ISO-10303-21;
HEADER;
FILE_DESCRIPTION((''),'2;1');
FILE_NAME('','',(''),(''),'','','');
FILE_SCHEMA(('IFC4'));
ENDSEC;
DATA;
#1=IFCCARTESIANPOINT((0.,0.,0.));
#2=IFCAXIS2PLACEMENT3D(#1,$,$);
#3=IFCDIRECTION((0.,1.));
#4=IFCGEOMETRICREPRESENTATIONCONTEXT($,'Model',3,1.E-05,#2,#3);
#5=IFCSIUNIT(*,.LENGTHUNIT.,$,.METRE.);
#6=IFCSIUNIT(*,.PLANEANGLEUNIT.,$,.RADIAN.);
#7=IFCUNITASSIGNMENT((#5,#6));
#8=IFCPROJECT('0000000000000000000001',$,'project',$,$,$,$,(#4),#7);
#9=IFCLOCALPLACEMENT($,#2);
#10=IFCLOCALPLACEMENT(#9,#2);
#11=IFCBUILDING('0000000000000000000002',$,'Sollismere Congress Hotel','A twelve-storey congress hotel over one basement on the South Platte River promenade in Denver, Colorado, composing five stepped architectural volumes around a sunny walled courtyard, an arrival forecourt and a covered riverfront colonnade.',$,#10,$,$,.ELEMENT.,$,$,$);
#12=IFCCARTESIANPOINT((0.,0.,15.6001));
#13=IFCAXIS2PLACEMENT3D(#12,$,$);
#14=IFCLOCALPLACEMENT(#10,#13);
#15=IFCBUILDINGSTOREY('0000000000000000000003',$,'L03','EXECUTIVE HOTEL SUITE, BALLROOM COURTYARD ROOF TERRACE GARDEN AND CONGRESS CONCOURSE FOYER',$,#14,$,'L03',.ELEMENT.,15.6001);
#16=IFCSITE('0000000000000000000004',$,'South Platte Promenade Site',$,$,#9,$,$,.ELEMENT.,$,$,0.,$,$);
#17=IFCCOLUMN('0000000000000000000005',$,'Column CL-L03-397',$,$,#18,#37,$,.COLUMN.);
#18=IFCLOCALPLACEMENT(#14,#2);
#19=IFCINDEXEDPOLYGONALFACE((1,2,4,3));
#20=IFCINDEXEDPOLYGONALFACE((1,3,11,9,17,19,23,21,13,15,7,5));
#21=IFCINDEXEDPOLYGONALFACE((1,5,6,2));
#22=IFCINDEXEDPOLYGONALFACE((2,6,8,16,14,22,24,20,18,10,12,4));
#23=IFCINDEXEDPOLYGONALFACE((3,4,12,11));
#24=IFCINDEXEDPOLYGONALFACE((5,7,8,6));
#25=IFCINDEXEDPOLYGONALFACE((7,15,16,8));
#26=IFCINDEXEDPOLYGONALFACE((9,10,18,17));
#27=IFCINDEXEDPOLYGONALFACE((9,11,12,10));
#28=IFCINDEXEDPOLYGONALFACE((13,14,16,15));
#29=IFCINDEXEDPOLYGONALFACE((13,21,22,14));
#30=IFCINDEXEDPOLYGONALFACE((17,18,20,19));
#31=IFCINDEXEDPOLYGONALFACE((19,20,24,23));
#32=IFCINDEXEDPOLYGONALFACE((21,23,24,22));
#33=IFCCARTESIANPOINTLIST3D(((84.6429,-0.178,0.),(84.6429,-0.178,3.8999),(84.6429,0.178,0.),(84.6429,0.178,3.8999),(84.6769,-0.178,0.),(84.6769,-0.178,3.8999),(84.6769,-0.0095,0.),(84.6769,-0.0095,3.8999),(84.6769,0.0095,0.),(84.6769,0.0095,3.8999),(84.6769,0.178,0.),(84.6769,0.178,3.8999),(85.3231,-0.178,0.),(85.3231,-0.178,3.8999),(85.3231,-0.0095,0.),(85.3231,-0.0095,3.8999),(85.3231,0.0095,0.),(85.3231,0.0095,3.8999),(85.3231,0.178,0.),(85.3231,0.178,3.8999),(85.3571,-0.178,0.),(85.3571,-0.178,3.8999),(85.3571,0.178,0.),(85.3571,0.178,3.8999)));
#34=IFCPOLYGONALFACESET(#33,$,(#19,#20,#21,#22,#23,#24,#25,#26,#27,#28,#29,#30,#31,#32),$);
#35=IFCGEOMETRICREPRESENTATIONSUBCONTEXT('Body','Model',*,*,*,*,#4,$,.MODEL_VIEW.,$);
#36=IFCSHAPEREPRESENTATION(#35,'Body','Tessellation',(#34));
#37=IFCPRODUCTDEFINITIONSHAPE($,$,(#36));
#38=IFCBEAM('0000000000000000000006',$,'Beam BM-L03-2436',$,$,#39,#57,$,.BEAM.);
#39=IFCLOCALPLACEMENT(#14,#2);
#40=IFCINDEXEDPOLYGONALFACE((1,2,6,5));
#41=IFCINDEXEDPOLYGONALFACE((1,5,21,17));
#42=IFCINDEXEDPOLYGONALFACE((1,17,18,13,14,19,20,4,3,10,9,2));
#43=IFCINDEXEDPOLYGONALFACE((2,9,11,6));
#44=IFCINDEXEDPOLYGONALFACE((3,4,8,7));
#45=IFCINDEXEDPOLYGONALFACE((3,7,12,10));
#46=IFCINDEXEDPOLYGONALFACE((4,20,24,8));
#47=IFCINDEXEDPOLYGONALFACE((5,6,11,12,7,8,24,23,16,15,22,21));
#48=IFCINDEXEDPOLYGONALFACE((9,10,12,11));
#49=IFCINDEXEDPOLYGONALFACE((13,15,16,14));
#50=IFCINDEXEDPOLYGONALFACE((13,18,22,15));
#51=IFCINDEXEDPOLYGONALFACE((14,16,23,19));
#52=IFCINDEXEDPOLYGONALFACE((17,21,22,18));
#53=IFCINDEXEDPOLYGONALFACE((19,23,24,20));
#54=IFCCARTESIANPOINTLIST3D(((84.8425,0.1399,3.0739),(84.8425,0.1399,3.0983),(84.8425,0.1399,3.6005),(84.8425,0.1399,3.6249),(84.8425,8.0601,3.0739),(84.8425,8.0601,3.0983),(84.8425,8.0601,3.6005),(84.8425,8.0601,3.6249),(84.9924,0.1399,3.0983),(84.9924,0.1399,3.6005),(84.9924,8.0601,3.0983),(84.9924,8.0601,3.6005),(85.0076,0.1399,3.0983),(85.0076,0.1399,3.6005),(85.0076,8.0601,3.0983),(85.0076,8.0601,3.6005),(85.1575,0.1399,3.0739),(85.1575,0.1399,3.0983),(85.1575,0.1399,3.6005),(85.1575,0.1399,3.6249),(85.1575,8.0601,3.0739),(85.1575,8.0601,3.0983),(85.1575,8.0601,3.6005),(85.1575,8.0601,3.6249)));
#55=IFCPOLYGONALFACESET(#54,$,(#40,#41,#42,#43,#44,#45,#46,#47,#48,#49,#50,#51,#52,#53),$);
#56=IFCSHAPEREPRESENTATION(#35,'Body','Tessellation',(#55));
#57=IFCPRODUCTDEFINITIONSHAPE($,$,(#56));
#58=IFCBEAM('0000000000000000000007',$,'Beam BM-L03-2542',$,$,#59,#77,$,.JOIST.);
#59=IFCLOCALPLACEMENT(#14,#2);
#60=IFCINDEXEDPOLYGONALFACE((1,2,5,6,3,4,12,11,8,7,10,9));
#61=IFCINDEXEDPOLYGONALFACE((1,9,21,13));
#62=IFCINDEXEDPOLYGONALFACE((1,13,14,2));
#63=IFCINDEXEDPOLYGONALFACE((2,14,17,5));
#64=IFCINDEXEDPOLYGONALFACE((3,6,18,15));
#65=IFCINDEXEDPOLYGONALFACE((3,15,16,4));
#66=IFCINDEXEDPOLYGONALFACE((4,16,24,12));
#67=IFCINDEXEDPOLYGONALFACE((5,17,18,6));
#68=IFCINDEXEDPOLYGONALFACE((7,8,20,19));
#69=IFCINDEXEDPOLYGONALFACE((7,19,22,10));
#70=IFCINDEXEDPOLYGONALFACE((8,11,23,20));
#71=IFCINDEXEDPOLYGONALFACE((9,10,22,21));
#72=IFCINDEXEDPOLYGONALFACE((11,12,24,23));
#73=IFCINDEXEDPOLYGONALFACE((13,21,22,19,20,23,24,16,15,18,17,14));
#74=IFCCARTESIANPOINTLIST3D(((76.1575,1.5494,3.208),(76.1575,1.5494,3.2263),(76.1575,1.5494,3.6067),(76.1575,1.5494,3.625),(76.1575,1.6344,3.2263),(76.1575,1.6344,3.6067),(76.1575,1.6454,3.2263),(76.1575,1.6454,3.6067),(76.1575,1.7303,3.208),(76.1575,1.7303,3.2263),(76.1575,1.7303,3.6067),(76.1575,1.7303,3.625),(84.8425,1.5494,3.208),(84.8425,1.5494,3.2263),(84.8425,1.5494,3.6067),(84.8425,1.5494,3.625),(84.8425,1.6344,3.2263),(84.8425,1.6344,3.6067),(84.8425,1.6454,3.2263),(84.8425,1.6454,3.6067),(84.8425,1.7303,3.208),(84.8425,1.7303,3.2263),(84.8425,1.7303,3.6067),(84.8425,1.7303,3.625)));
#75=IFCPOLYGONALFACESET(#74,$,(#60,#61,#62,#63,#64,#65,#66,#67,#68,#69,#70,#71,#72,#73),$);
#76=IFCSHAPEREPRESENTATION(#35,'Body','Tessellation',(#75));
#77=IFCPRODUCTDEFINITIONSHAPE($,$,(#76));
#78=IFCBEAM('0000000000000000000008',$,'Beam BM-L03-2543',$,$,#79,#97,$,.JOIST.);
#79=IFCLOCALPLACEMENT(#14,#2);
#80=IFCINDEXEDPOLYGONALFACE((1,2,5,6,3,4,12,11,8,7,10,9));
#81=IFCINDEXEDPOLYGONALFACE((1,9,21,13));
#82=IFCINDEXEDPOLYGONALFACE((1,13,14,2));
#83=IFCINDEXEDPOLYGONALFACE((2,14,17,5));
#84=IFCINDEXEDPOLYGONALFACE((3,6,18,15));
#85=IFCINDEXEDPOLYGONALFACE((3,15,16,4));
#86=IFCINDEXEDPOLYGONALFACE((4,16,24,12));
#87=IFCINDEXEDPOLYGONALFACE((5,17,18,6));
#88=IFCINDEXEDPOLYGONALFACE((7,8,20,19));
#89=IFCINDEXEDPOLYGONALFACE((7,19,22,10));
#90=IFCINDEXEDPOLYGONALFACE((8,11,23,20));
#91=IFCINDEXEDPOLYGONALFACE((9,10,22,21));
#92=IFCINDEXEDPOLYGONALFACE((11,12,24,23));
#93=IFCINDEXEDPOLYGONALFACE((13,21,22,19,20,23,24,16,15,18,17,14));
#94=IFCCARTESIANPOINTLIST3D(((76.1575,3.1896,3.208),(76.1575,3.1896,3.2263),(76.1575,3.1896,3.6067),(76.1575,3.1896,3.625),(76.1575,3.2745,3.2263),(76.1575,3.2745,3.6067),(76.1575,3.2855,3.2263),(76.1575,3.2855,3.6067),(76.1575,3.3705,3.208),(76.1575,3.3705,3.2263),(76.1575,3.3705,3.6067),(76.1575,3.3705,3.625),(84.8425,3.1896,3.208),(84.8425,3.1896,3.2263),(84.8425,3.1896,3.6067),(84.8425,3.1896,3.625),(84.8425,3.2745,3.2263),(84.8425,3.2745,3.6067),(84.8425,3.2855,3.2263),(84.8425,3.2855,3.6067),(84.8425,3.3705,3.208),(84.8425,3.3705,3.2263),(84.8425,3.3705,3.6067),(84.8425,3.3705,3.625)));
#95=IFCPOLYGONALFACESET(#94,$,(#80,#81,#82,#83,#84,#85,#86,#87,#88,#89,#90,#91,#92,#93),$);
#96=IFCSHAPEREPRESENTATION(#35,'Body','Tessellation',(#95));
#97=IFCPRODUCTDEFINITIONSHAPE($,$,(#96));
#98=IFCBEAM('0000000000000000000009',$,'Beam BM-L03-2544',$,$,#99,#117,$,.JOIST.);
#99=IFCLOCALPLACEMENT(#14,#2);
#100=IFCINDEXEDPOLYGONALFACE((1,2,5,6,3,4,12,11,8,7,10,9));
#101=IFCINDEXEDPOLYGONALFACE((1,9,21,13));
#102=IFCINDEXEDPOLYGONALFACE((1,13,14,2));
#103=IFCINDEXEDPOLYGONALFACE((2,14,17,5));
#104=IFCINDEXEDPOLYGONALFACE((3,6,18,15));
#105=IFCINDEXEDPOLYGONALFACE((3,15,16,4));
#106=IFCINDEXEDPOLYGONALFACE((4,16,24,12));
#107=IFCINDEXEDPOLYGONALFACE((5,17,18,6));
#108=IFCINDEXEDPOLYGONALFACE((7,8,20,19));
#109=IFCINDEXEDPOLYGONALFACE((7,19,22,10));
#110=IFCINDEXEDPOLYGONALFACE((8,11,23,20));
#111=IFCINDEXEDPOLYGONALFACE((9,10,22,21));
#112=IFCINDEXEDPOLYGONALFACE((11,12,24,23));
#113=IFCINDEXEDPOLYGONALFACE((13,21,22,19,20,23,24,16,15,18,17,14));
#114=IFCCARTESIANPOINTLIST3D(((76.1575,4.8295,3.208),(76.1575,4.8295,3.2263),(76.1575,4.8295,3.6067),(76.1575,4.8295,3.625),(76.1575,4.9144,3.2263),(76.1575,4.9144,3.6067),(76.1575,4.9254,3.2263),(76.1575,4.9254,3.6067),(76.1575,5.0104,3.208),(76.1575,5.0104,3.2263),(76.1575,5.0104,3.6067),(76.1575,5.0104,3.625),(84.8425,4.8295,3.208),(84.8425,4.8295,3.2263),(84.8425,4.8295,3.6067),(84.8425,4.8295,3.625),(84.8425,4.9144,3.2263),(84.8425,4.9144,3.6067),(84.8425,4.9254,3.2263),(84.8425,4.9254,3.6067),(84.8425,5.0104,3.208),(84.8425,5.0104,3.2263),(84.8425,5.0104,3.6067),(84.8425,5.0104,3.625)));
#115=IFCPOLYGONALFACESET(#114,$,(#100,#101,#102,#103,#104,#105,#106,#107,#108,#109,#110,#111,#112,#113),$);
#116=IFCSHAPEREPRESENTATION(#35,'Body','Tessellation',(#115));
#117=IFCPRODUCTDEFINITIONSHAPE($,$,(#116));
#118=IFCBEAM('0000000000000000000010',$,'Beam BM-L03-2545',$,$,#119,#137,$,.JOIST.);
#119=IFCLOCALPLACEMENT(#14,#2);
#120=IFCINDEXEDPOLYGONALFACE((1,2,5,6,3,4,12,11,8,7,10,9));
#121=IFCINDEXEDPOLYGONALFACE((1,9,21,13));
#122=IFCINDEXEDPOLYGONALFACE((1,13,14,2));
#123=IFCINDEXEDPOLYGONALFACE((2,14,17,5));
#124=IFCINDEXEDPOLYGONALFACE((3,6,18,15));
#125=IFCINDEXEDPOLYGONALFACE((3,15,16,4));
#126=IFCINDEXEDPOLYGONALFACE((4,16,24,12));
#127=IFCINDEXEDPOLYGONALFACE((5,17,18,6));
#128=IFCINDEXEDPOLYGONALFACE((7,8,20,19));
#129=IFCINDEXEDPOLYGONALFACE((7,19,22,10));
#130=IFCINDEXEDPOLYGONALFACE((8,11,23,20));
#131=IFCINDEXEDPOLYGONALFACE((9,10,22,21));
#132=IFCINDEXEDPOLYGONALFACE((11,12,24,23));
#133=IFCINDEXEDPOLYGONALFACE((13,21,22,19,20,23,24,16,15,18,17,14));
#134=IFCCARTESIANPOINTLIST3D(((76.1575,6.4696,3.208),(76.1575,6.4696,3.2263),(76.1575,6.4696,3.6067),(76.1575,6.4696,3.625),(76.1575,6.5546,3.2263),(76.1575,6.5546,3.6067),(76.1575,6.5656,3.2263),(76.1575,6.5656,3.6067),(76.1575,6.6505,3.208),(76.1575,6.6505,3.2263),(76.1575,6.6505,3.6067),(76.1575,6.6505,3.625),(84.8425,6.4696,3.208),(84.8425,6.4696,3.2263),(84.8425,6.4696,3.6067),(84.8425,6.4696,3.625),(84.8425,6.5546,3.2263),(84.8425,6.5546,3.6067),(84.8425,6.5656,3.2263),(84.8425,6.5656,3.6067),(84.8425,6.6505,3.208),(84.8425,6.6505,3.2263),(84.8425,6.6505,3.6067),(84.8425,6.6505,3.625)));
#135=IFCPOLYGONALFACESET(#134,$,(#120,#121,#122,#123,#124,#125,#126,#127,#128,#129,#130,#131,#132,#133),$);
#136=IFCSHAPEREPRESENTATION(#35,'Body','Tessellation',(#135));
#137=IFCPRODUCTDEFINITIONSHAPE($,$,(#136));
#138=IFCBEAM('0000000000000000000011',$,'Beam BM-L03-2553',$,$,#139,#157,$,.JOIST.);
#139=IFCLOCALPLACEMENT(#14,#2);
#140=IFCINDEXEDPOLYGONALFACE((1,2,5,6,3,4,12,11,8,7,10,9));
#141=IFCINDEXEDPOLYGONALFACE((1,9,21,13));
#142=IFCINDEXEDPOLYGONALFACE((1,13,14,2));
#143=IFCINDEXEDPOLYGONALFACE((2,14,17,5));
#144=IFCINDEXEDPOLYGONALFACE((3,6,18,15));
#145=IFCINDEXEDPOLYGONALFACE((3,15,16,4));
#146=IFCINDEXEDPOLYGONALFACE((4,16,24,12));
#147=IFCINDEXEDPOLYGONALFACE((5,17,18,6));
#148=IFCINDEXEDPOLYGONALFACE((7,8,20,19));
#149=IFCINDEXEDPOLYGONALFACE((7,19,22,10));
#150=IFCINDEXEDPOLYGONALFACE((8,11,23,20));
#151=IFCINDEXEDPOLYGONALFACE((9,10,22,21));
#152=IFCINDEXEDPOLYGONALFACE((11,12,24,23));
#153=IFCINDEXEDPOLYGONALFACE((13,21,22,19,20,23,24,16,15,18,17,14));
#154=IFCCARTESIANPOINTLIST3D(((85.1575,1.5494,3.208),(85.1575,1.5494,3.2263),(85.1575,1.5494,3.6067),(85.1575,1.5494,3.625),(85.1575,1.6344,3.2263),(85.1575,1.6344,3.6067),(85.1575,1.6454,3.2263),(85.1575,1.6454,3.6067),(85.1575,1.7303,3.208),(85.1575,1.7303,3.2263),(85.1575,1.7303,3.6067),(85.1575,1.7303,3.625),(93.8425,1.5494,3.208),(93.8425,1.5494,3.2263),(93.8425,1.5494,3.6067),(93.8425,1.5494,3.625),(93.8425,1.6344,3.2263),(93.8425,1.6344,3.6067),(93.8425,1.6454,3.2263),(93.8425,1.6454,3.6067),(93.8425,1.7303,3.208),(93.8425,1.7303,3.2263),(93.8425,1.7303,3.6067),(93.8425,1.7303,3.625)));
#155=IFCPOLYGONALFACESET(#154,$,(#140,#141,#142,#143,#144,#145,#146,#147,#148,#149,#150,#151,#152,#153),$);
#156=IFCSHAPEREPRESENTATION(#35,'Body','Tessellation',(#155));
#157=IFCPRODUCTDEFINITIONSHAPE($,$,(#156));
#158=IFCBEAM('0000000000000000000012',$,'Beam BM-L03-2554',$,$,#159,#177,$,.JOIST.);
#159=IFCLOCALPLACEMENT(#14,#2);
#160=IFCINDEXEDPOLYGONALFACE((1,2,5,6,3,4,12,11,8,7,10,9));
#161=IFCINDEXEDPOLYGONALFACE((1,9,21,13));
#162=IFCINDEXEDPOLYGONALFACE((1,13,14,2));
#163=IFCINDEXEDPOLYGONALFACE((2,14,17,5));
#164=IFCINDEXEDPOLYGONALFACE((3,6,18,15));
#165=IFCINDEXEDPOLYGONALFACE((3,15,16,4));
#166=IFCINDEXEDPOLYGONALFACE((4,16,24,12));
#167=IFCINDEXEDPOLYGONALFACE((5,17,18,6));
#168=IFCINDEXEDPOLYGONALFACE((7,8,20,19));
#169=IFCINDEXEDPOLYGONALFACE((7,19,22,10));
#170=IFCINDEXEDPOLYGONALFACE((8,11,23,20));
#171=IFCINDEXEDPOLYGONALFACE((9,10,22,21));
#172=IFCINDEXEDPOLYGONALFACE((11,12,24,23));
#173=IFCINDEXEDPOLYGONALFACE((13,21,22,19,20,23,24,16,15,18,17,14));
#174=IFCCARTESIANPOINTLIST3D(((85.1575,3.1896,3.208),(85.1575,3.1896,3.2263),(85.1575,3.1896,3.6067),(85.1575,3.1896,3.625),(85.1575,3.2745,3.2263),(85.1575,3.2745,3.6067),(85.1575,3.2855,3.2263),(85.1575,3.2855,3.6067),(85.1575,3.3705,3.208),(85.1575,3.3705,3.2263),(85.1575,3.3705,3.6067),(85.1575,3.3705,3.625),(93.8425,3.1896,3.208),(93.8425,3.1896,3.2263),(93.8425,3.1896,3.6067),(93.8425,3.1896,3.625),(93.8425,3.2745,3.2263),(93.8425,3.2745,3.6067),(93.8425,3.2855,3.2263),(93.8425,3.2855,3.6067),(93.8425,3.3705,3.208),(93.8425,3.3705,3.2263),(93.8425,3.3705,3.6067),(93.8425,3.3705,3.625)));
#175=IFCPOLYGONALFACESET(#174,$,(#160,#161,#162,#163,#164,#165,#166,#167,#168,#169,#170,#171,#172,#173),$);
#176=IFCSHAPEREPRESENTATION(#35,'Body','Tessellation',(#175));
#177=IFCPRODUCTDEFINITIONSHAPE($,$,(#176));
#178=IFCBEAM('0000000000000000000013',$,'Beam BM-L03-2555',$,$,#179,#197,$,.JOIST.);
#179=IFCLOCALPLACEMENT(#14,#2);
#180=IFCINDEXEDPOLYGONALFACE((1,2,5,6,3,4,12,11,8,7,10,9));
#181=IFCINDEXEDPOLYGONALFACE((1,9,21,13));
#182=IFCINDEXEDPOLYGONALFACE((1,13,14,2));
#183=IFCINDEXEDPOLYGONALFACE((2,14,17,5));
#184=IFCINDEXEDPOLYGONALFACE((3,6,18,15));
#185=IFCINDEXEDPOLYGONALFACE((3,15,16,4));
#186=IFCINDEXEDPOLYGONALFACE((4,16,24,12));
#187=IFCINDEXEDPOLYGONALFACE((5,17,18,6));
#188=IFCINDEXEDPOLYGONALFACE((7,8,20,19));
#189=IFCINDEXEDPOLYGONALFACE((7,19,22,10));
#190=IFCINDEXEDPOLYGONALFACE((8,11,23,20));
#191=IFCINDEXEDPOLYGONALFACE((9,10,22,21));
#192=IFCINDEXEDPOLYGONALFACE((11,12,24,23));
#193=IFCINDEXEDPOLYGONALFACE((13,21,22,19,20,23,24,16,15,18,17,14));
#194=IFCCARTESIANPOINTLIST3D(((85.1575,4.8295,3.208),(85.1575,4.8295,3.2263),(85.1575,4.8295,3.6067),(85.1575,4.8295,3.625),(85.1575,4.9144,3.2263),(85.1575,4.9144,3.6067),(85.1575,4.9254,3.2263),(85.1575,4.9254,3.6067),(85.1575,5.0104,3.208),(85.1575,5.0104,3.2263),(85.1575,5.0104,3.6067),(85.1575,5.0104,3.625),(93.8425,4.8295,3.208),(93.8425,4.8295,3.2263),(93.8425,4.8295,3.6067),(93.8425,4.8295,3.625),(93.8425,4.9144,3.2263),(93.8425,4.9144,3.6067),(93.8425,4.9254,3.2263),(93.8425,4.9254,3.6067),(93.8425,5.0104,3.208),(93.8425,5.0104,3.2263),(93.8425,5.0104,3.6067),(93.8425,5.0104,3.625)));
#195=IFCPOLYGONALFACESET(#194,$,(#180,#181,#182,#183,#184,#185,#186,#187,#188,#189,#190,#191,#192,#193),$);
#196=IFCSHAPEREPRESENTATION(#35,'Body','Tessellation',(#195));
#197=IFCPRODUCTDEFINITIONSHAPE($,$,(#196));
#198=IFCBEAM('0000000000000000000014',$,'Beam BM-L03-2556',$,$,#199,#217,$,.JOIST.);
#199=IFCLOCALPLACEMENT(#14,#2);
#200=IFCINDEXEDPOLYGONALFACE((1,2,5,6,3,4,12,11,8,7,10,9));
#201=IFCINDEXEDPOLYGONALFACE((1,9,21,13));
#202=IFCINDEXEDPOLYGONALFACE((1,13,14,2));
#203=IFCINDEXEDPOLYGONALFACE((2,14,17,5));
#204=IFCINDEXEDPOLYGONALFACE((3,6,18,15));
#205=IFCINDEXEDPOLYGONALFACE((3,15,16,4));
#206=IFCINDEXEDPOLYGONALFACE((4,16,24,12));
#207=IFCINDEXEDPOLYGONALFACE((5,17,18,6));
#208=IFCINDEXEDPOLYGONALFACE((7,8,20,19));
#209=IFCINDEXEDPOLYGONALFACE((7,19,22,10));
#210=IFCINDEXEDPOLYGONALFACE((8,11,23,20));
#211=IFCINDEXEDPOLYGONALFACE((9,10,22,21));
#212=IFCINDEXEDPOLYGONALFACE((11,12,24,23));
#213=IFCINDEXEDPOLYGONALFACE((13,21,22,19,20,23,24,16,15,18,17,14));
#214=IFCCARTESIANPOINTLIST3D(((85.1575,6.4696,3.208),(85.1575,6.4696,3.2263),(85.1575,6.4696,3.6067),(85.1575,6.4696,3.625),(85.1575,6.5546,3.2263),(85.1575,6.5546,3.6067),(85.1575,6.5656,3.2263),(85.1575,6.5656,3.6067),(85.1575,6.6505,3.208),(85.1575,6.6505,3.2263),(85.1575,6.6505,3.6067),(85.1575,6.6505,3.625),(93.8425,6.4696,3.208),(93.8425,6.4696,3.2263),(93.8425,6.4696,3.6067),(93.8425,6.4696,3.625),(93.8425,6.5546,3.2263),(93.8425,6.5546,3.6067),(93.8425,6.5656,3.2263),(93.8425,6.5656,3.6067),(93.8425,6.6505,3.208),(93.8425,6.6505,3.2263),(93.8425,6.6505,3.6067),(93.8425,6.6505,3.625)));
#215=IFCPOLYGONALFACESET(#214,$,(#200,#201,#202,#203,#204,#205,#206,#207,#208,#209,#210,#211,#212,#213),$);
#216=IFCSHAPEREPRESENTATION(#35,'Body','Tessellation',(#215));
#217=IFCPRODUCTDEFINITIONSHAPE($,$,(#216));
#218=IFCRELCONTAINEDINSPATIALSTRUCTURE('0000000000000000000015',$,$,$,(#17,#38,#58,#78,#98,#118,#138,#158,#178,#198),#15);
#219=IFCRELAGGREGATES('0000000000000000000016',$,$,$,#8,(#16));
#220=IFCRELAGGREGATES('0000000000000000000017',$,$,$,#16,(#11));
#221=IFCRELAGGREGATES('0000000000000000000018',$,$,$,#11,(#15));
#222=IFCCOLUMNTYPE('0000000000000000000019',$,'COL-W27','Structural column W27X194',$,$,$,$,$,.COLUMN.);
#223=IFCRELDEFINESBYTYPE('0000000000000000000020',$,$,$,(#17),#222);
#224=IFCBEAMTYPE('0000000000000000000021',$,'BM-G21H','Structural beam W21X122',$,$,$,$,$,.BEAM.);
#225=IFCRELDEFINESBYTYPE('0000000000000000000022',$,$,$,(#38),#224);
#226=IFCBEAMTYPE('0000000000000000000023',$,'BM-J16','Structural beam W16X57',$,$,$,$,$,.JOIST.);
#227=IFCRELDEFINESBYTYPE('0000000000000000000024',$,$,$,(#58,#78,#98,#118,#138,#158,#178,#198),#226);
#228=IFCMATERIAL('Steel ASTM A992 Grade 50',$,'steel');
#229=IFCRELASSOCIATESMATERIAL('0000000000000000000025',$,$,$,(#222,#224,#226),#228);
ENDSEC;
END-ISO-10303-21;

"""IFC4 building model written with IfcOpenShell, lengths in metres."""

from ifc_helpers import new_model, si_unit, direction, frame, origin, origin_2d, place, context, subcontext, project, spatial, i_section, extrude, material, material_profile, profile_set, type_object, element, save


model = new_model("IFC4")

# Units and contexts
model_context = context("Model", 3, precision=1e-05, world=origin(), true_north=direction((0.0, 1.0)))
body_context = subcontext(model_context, "Body", "Model", "MODEL_VIEW")
ifc_project = project(units=[si_unit("LENGTHUNIT", "METRE"), si_unit("PLANEANGLEUNIT", "RADIAN")], contexts=[model_context])

# Site, building, storey
site_placement = place(None, origin())
site = spatial("IfcSite", under=ifc_project, at=site_placement, Name="South Platte Promenade Site", CompositionType="ELEMENT", RefElevation=0.0)
building_placement = place(site_placement, origin())
building = spatial("IfcBuilding", under=site, at=building_placement, Name="Sollismere Congress Hotel", Description="A twelve-storey congress hotel over one basement on the South Platte River promenade in Denver, Colorado, composing five stepped architectural volumes around a sunny walled courtyard, an arrival forecourt and a covered riverfront colonnade.", CompositionType="ELEMENT")
storey_placement = place(building_placement, frame((0.0, 0.0, 15.6001)))
storey = spatial("IfcBuildingStorey", under=building, at=storey_placement, Name="L03", Description="EXECUTIVE HOTEL SUITE, BALLROOM COURTYARD ROOF TERRACE GARDEN AND CONGRESS CONCOURSE FOYER", LongName="L03", CompositionType="ELEMENT", Elevation=15.6001)

# Column
ifc_material_1 = material(Name="Steel ASTM A992 Grade 50", Category="steel")
ifc_material_profile_1 = material_profile(ifc_material_1, i_section(OverallWidth=0.356, OverallDepth=0.7141, WebThickness=0.019, FlangeThickness=0.0339, at=origin_2d()), Name="W27X194")
ifc_profile_set_1 = profile_set([ifc_material_profile_1], Name="Steel ASTM A992 Grade 50")
column_type = type_object("IfcColumnType", Name="COL-W27", Description="Structural column W27X194", PredefinedType="COLUMN", material=ifc_profile_set_1)
column_placement = place(storey_placement, frame((85.0, 0.0, 0.0), z_axis=(0.0, 0.0, 1.0), x_axis=(0.0, 1.0, 0.0)))
element("IfcColumn", 1, at=column_placement, inside=storey, type_object=column_type, Name="Column CL-L03-397", PredefinedType="COLUMN", context=body_context, shape_type="SweptSolid", body=[
    extrude(i_section(OverallWidth=0.356, OverallDepth=0.7141, WebThickness=0.019, FlangeThickness=0.0339, at=origin_2d()), origin(), (0.0, 0.0, 1.0), 3.8999),
])

# Beams
ifc_material_profile_2 = material_profile(ifc_material_1, i_section(OverallWidth=0.3149, OverallDepth=0.551, WebThickness=0.0151, FlangeThickness=0.0244, at=origin_2d()), Name="W21X122")
ifc_profile_set_2 = profile_set([ifc_material_profile_2], Name="Steel ASTM A992 Grade 50")
beam_type_1 = type_object("IfcBeamType", Name="BM-G21H", Description="Structural beam W21X122", PredefinedType="BEAM", material=ifc_profile_set_2)
beam_1_placement = place(storey_placement, frame((85.0, 0.1399, 3.3494), z_axis=(0.0, 1.0, 0.0), x_axis=(-1.0, 0.0, 0.0)))
element("IfcBeam", 2, at=beam_1_placement, inside=storey, type_object=beam_type_1, Name="Beam BM-L03-2436", PredefinedType="BEAM", context=body_context, shape_type="SweptSolid", body=[
    extrude(i_section(OverallWidth=0.3149, OverallDepth=0.551, WebThickness=0.0151, FlangeThickness=0.0244, at=origin_2d()), origin(), (0.0, 0.0, 1.0), 7.9202),
])
ifc_material_profile_3 = material_profile(ifc_material_1, i_section(OverallWidth=0.1809, OverallDepth=0.417, WebThickness=0.011, FlangeThickness=0.0183, at=origin_2d()), Name="W16X57")
ifc_profile_set_3 = profile_set([ifc_material_profile_3], Name="Steel ASTM A992 Grade 50")
beam_type_2 = type_object("IfcBeamType", Name="BM-J16", Description="Structural beam W16X57", PredefinedType="JOIST", material=ifc_profile_set_3)
for number, where, z_axis, x_axis, name in (
    (3, (76.1575, 1.6399, 3.4165), (1.0, 0.0, 0.0), (0.0, 1.0, 0.0), "Beam BM-L03-2542"),
    (4, (76.1575, 3.28, 3.4165), (1.0, 0.0, 0.0), (0.0, 1.0, 0.0), "Beam BM-L03-2543"),
    (5, (76.1575, 4.9199, 3.4165), (1.0, 0.0, 0.0), (0.0, 1.0, 0.0), "Beam BM-L03-2544"),
    (6, (76.1575, 6.5601, 3.4165), (1.0, 0.0, 0.0), (0.0, 1.0, 0.0), "Beam BM-L03-2545"),
    (7, (85.1575, 1.6399, 3.4165), (1.0, 0.0, 0.0), (0.0, 1.0, 0.0), "Beam BM-L03-2553"),
    (8, (85.1575, 3.28, 3.4165), (1.0, 0.0, 0.0), (0.0, 1.0, 0.0), "Beam BM-L03-2554"),
    (9, (85.1575, 4.9199, 3.4165), (1.0, 0.0, 0.0), (0.0, 1.0, 0.0), "Beam BM-L03-2555"),
    (10, (85.1575, 6.5601, 3.4165), (1.0, 0.0, 0.0), (0.0, 1.0, 0.0), "Beam BM-L03-2556"),
):
    element("IfcBeam", number, at=place(storey_placement, frame(where, z_axis=z_axis, x_axis=x_axis)), inside=storey, type_object=beam_type_2, Name=name, PredefinedType="JOIST", context=body_context, shape_type="SweptSolid", body=[
        extrude(i_section(OverallWidth=0.1809, OverallDepth=0.417, WebThickness=0.011, FlangeThickness=0.0183, at=origin_2d()), origin(), (0.0, 0.0, 1.0), 8.6851),
    ])

save(model, "model.ifc")
